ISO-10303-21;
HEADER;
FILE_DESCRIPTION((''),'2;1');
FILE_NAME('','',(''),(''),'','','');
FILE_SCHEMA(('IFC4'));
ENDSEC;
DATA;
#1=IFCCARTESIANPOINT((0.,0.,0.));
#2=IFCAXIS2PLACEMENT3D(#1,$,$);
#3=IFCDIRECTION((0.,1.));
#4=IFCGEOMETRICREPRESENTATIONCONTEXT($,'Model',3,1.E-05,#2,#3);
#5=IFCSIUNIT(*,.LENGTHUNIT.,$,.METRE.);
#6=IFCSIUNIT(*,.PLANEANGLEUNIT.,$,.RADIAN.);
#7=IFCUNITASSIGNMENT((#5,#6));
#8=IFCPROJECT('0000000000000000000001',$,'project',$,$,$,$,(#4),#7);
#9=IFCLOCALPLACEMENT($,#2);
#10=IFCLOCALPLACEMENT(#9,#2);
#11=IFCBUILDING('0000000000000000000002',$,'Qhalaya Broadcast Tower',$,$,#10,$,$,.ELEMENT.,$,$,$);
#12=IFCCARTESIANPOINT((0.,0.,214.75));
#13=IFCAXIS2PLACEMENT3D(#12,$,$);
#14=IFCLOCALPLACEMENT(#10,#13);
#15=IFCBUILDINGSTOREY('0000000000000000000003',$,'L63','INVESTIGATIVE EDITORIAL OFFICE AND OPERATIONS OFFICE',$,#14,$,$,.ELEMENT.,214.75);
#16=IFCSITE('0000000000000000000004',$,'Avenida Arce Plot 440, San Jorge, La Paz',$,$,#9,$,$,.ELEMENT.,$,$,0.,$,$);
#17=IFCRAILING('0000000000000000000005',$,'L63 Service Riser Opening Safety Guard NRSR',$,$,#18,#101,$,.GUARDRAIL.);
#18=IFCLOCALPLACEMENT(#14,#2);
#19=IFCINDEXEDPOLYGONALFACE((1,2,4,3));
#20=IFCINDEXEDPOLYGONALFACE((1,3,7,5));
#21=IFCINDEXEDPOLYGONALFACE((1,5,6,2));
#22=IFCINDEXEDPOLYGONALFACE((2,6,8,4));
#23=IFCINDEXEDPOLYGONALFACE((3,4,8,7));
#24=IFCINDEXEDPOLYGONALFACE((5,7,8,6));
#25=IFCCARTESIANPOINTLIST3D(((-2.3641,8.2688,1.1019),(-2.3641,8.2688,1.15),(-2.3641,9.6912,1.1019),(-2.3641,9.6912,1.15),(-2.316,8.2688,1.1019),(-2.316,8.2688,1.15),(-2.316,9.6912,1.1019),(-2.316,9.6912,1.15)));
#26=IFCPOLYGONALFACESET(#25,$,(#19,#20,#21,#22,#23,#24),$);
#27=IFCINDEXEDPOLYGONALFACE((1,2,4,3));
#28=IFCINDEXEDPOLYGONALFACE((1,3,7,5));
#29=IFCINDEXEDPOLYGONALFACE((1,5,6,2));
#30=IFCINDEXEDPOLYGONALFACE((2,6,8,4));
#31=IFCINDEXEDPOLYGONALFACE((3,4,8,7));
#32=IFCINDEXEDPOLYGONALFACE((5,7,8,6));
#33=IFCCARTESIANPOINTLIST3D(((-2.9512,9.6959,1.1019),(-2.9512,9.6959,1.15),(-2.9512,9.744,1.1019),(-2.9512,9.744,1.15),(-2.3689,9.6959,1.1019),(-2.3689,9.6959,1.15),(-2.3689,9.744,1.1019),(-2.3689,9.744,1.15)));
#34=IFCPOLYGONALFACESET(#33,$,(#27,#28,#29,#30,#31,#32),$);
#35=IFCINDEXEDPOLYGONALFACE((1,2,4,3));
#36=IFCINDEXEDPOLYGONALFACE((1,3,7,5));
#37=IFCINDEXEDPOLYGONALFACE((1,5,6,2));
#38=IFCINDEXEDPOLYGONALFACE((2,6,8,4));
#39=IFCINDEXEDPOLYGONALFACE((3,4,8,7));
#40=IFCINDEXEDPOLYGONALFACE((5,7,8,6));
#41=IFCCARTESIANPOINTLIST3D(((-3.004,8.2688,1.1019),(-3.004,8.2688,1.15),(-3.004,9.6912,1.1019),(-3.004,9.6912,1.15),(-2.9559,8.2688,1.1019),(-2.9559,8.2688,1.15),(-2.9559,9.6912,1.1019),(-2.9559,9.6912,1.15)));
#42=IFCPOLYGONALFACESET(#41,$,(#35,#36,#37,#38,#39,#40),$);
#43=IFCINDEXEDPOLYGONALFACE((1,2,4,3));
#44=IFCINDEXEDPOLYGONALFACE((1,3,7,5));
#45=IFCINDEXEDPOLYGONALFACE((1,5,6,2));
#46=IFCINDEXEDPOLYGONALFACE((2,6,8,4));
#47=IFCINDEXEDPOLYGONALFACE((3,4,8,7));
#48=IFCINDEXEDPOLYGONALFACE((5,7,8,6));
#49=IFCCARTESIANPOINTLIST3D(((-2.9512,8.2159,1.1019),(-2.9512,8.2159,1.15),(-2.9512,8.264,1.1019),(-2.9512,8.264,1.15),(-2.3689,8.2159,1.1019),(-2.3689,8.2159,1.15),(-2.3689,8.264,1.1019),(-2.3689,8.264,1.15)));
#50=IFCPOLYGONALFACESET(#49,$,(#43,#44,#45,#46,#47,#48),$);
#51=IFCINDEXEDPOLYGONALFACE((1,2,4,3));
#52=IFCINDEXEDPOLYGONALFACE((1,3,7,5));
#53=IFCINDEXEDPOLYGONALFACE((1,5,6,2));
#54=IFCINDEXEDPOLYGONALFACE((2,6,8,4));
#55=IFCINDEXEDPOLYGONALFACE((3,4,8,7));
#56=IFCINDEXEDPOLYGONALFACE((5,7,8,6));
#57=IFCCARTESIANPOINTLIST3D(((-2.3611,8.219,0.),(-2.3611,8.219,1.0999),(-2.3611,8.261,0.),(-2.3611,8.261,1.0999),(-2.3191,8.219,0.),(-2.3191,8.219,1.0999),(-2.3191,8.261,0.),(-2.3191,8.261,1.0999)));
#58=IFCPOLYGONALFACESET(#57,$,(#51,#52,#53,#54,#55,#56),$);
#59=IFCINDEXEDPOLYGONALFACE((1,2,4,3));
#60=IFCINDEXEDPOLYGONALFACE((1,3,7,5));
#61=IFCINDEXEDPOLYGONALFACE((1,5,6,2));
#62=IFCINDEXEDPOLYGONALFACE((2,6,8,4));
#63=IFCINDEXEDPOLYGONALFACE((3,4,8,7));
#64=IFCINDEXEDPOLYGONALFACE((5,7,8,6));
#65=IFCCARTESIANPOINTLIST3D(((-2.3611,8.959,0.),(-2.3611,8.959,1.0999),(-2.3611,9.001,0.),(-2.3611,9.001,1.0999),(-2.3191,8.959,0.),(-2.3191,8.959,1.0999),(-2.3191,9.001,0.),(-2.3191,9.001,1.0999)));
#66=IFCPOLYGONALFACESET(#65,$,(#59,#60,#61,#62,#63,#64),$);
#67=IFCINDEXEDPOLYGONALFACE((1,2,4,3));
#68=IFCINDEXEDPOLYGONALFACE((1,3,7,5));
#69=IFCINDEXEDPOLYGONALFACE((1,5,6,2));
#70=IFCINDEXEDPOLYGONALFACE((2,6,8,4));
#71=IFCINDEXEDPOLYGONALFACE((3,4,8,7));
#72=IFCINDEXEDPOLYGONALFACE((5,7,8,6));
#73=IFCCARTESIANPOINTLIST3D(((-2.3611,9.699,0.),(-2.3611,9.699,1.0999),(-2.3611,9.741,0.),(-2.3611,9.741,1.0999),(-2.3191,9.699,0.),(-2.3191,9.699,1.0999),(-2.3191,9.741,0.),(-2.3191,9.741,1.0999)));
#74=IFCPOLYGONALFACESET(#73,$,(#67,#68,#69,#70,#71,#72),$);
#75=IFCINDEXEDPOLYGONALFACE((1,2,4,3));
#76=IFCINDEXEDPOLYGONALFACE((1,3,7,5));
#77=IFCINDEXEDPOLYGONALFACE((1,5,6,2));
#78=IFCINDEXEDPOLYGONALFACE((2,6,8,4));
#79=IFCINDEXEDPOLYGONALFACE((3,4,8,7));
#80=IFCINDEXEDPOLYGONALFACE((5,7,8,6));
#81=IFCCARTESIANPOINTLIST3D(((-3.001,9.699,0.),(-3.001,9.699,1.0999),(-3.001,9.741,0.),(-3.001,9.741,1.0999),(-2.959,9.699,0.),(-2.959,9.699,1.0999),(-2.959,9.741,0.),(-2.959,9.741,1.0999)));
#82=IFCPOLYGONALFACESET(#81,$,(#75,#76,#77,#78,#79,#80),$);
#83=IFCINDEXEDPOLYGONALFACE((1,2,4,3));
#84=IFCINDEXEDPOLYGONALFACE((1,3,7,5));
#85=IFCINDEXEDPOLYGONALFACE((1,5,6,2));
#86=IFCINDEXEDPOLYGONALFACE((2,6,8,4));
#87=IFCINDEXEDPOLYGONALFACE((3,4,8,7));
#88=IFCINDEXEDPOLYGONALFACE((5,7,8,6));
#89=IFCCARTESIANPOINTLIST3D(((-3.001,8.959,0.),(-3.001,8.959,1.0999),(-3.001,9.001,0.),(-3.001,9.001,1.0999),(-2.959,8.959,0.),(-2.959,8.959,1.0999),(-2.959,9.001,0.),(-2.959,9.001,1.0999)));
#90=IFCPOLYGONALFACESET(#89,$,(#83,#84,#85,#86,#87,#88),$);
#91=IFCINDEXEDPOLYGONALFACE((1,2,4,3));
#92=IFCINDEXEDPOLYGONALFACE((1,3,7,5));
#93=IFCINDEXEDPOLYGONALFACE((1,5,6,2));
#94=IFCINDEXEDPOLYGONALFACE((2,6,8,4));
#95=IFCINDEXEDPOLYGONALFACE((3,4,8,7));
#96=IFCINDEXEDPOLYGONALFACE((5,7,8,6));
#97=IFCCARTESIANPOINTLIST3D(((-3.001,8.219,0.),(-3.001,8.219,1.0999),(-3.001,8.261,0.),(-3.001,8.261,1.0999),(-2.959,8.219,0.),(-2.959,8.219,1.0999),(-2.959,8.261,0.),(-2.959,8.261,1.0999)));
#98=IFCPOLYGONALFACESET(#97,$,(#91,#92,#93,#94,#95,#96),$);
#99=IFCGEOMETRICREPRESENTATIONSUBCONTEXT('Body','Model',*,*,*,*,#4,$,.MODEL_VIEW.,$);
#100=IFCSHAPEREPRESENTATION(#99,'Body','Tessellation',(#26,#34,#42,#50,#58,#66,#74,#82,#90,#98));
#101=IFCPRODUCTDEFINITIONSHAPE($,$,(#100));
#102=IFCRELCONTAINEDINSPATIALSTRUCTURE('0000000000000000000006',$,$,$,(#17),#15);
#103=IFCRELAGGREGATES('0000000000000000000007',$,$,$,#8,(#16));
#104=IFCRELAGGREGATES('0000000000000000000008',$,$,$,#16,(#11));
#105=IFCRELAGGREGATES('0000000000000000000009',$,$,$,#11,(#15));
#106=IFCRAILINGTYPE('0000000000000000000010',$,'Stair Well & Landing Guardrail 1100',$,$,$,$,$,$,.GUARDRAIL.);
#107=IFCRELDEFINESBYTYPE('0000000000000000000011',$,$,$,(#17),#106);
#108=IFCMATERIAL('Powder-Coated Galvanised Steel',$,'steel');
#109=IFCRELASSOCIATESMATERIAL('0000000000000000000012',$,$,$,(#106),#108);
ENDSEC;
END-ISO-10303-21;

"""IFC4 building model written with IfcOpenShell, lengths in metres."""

from ifc_helpers import new_model, si_unit, direction, frame, origin, origin_2d, place, context, subcontext, project, spatial, rectangle, extrude, material, type_object, element, save


model = new_model("IFC4")

# Units and contexts
model_context = context("Model", 3, precision=1e-05, world=origin(), true_north=direction((0.0, 1.0)))
body_context = subcontext(model_context, "Body", "Model", "MODEL_VIEW")
ifc_project = project(units=[si_unit("LENGTHUNIT", "METRE"), si_unit("PLANEANGLEUNIT", "RADIAN")], contexts=[model_context])

# Site, building, storey
site_placement = place(None, origin())
site = spatial("IfcSite", under=ifc_project, at=site_placement, Name="Avenida Arce Plot 440, San Jorge, La Paz", CompositionType="ELEMENT", RefElevation=0.0)
building_placement = place(site_placement, origin())
building = spatial("IfcBuilding", under=site, at=building_placement, Name="Qhalaya Broadcast Tower", CompositionType="ELEMENT")
storey_placement = place(building_placement, frame((0.0, 0.0, 214.75)))
storey = spatial("IfcBuildingStorey", under=building, at=storey_placement, Name="L63", Description="INVESTIGATIVE EDITORIAL OFFICE AND OPERATIONS OFFICE", CompositionType="ELEMENT", Elevation=214.75)

# Railing
ifc_material_1 = material(Name="Powder-Coated Galvanised Steel", Category="steel")
railing_type = type_object("IfcRailingType", Name="Stair Well & Landing Guardrail 1100", PredefinedType="GUARDRAIL", material=ifc_material_1)
railing_placement = place(storey_placement, frame((-2.3401, 8.24, 0.0)))
element("IfcRailing", 1, at=railing_placement, inside=storey, type_object=railing_type, Name="L63 Service Riser Opening Safety Guard NRSR", PredefinedType="GUARDRAIL", context=body_context, shape_type="SweptSolid", body=[
    extrude(rectangle(XDim=0.0481, YDim=0.0481, at=origin_2d()), frame((0.0, 0.0288, 1.126), z_axis=(0.0, 1.0, 0.0), x_axis=(-1.0, 0.0, 0.0)), (0.0, 0.0, 1.0), 1.4224),
    extrude(rectangle(XDim=0.0481, YDim=0.0481, at=origin_2d()), frame((-0.0288, 1.48, 1.126), z_axis=(-1.0, 0.0, 0.0), x_axis=(0.0, -1.0, 0.0)), (0.0, 0.0, 1.0), 0.5823),
    extrude(rectangle(XDim=0.0481, YDim=0.0481, at=origin_2d()), frame((-0.6399, 1.4512, 1.126), z_axis=(0.0, -1.0, 0.0), x_axis=(1.0, 0.0, 0.0)), (0.0, 0.0, 1.0), 1.4224),
    extrude(rectangle(XDim=0.0481, YDim=0.0481, at=origin_2d()), frame((-0.6111, 0.0, 1.126), z_axis=(1.0, 0.0, 0.0), x_axis=(0.0, 1.0, 0.0)), (0.0, 0.0, 1.0), 0.5823),
    extrude(rectangle(XDim=0.042, YDim=0.042, at=origin_2d()), origin(), (0.0, 0.0, 1.0), 1.0999),
    extrude(rectangle(XDim=0.042, YDim=0.042, at=origin_2d()), frame((0.0, 0.74, 0.0)), (0.0, 0.0, 1.0), 1.0999),
    extrude(rectangle(XDim=0.042, YDim=0.042, at=origin_2d()), frame((0.0, 1.48, 0.0)), (0.0, 0.0, 1.0), 1.0999),
    extrude(rectangle(XDim=0.042, YDim=0.042, at=origin_2d()), frame((-0.6399, 1.48, 0.0)), (0.0, 0.0, 1.0), 1.0999),
    extrude(rectangle(XDim=0.042, YDim=0.042, at=origin_2d()), frame((-0.6399, 0.74, 0.0)), (0.0, 0.0, 1.0), 1.0999),
    extrude(rectangle(XDim=0.042, YDim=0.042, at=origin_2d()), frame((-0.6399, 0.0, 0.0)), (0.0, 0.0, 1.0), 1.0999),
])

save(model, "model.ifc")
